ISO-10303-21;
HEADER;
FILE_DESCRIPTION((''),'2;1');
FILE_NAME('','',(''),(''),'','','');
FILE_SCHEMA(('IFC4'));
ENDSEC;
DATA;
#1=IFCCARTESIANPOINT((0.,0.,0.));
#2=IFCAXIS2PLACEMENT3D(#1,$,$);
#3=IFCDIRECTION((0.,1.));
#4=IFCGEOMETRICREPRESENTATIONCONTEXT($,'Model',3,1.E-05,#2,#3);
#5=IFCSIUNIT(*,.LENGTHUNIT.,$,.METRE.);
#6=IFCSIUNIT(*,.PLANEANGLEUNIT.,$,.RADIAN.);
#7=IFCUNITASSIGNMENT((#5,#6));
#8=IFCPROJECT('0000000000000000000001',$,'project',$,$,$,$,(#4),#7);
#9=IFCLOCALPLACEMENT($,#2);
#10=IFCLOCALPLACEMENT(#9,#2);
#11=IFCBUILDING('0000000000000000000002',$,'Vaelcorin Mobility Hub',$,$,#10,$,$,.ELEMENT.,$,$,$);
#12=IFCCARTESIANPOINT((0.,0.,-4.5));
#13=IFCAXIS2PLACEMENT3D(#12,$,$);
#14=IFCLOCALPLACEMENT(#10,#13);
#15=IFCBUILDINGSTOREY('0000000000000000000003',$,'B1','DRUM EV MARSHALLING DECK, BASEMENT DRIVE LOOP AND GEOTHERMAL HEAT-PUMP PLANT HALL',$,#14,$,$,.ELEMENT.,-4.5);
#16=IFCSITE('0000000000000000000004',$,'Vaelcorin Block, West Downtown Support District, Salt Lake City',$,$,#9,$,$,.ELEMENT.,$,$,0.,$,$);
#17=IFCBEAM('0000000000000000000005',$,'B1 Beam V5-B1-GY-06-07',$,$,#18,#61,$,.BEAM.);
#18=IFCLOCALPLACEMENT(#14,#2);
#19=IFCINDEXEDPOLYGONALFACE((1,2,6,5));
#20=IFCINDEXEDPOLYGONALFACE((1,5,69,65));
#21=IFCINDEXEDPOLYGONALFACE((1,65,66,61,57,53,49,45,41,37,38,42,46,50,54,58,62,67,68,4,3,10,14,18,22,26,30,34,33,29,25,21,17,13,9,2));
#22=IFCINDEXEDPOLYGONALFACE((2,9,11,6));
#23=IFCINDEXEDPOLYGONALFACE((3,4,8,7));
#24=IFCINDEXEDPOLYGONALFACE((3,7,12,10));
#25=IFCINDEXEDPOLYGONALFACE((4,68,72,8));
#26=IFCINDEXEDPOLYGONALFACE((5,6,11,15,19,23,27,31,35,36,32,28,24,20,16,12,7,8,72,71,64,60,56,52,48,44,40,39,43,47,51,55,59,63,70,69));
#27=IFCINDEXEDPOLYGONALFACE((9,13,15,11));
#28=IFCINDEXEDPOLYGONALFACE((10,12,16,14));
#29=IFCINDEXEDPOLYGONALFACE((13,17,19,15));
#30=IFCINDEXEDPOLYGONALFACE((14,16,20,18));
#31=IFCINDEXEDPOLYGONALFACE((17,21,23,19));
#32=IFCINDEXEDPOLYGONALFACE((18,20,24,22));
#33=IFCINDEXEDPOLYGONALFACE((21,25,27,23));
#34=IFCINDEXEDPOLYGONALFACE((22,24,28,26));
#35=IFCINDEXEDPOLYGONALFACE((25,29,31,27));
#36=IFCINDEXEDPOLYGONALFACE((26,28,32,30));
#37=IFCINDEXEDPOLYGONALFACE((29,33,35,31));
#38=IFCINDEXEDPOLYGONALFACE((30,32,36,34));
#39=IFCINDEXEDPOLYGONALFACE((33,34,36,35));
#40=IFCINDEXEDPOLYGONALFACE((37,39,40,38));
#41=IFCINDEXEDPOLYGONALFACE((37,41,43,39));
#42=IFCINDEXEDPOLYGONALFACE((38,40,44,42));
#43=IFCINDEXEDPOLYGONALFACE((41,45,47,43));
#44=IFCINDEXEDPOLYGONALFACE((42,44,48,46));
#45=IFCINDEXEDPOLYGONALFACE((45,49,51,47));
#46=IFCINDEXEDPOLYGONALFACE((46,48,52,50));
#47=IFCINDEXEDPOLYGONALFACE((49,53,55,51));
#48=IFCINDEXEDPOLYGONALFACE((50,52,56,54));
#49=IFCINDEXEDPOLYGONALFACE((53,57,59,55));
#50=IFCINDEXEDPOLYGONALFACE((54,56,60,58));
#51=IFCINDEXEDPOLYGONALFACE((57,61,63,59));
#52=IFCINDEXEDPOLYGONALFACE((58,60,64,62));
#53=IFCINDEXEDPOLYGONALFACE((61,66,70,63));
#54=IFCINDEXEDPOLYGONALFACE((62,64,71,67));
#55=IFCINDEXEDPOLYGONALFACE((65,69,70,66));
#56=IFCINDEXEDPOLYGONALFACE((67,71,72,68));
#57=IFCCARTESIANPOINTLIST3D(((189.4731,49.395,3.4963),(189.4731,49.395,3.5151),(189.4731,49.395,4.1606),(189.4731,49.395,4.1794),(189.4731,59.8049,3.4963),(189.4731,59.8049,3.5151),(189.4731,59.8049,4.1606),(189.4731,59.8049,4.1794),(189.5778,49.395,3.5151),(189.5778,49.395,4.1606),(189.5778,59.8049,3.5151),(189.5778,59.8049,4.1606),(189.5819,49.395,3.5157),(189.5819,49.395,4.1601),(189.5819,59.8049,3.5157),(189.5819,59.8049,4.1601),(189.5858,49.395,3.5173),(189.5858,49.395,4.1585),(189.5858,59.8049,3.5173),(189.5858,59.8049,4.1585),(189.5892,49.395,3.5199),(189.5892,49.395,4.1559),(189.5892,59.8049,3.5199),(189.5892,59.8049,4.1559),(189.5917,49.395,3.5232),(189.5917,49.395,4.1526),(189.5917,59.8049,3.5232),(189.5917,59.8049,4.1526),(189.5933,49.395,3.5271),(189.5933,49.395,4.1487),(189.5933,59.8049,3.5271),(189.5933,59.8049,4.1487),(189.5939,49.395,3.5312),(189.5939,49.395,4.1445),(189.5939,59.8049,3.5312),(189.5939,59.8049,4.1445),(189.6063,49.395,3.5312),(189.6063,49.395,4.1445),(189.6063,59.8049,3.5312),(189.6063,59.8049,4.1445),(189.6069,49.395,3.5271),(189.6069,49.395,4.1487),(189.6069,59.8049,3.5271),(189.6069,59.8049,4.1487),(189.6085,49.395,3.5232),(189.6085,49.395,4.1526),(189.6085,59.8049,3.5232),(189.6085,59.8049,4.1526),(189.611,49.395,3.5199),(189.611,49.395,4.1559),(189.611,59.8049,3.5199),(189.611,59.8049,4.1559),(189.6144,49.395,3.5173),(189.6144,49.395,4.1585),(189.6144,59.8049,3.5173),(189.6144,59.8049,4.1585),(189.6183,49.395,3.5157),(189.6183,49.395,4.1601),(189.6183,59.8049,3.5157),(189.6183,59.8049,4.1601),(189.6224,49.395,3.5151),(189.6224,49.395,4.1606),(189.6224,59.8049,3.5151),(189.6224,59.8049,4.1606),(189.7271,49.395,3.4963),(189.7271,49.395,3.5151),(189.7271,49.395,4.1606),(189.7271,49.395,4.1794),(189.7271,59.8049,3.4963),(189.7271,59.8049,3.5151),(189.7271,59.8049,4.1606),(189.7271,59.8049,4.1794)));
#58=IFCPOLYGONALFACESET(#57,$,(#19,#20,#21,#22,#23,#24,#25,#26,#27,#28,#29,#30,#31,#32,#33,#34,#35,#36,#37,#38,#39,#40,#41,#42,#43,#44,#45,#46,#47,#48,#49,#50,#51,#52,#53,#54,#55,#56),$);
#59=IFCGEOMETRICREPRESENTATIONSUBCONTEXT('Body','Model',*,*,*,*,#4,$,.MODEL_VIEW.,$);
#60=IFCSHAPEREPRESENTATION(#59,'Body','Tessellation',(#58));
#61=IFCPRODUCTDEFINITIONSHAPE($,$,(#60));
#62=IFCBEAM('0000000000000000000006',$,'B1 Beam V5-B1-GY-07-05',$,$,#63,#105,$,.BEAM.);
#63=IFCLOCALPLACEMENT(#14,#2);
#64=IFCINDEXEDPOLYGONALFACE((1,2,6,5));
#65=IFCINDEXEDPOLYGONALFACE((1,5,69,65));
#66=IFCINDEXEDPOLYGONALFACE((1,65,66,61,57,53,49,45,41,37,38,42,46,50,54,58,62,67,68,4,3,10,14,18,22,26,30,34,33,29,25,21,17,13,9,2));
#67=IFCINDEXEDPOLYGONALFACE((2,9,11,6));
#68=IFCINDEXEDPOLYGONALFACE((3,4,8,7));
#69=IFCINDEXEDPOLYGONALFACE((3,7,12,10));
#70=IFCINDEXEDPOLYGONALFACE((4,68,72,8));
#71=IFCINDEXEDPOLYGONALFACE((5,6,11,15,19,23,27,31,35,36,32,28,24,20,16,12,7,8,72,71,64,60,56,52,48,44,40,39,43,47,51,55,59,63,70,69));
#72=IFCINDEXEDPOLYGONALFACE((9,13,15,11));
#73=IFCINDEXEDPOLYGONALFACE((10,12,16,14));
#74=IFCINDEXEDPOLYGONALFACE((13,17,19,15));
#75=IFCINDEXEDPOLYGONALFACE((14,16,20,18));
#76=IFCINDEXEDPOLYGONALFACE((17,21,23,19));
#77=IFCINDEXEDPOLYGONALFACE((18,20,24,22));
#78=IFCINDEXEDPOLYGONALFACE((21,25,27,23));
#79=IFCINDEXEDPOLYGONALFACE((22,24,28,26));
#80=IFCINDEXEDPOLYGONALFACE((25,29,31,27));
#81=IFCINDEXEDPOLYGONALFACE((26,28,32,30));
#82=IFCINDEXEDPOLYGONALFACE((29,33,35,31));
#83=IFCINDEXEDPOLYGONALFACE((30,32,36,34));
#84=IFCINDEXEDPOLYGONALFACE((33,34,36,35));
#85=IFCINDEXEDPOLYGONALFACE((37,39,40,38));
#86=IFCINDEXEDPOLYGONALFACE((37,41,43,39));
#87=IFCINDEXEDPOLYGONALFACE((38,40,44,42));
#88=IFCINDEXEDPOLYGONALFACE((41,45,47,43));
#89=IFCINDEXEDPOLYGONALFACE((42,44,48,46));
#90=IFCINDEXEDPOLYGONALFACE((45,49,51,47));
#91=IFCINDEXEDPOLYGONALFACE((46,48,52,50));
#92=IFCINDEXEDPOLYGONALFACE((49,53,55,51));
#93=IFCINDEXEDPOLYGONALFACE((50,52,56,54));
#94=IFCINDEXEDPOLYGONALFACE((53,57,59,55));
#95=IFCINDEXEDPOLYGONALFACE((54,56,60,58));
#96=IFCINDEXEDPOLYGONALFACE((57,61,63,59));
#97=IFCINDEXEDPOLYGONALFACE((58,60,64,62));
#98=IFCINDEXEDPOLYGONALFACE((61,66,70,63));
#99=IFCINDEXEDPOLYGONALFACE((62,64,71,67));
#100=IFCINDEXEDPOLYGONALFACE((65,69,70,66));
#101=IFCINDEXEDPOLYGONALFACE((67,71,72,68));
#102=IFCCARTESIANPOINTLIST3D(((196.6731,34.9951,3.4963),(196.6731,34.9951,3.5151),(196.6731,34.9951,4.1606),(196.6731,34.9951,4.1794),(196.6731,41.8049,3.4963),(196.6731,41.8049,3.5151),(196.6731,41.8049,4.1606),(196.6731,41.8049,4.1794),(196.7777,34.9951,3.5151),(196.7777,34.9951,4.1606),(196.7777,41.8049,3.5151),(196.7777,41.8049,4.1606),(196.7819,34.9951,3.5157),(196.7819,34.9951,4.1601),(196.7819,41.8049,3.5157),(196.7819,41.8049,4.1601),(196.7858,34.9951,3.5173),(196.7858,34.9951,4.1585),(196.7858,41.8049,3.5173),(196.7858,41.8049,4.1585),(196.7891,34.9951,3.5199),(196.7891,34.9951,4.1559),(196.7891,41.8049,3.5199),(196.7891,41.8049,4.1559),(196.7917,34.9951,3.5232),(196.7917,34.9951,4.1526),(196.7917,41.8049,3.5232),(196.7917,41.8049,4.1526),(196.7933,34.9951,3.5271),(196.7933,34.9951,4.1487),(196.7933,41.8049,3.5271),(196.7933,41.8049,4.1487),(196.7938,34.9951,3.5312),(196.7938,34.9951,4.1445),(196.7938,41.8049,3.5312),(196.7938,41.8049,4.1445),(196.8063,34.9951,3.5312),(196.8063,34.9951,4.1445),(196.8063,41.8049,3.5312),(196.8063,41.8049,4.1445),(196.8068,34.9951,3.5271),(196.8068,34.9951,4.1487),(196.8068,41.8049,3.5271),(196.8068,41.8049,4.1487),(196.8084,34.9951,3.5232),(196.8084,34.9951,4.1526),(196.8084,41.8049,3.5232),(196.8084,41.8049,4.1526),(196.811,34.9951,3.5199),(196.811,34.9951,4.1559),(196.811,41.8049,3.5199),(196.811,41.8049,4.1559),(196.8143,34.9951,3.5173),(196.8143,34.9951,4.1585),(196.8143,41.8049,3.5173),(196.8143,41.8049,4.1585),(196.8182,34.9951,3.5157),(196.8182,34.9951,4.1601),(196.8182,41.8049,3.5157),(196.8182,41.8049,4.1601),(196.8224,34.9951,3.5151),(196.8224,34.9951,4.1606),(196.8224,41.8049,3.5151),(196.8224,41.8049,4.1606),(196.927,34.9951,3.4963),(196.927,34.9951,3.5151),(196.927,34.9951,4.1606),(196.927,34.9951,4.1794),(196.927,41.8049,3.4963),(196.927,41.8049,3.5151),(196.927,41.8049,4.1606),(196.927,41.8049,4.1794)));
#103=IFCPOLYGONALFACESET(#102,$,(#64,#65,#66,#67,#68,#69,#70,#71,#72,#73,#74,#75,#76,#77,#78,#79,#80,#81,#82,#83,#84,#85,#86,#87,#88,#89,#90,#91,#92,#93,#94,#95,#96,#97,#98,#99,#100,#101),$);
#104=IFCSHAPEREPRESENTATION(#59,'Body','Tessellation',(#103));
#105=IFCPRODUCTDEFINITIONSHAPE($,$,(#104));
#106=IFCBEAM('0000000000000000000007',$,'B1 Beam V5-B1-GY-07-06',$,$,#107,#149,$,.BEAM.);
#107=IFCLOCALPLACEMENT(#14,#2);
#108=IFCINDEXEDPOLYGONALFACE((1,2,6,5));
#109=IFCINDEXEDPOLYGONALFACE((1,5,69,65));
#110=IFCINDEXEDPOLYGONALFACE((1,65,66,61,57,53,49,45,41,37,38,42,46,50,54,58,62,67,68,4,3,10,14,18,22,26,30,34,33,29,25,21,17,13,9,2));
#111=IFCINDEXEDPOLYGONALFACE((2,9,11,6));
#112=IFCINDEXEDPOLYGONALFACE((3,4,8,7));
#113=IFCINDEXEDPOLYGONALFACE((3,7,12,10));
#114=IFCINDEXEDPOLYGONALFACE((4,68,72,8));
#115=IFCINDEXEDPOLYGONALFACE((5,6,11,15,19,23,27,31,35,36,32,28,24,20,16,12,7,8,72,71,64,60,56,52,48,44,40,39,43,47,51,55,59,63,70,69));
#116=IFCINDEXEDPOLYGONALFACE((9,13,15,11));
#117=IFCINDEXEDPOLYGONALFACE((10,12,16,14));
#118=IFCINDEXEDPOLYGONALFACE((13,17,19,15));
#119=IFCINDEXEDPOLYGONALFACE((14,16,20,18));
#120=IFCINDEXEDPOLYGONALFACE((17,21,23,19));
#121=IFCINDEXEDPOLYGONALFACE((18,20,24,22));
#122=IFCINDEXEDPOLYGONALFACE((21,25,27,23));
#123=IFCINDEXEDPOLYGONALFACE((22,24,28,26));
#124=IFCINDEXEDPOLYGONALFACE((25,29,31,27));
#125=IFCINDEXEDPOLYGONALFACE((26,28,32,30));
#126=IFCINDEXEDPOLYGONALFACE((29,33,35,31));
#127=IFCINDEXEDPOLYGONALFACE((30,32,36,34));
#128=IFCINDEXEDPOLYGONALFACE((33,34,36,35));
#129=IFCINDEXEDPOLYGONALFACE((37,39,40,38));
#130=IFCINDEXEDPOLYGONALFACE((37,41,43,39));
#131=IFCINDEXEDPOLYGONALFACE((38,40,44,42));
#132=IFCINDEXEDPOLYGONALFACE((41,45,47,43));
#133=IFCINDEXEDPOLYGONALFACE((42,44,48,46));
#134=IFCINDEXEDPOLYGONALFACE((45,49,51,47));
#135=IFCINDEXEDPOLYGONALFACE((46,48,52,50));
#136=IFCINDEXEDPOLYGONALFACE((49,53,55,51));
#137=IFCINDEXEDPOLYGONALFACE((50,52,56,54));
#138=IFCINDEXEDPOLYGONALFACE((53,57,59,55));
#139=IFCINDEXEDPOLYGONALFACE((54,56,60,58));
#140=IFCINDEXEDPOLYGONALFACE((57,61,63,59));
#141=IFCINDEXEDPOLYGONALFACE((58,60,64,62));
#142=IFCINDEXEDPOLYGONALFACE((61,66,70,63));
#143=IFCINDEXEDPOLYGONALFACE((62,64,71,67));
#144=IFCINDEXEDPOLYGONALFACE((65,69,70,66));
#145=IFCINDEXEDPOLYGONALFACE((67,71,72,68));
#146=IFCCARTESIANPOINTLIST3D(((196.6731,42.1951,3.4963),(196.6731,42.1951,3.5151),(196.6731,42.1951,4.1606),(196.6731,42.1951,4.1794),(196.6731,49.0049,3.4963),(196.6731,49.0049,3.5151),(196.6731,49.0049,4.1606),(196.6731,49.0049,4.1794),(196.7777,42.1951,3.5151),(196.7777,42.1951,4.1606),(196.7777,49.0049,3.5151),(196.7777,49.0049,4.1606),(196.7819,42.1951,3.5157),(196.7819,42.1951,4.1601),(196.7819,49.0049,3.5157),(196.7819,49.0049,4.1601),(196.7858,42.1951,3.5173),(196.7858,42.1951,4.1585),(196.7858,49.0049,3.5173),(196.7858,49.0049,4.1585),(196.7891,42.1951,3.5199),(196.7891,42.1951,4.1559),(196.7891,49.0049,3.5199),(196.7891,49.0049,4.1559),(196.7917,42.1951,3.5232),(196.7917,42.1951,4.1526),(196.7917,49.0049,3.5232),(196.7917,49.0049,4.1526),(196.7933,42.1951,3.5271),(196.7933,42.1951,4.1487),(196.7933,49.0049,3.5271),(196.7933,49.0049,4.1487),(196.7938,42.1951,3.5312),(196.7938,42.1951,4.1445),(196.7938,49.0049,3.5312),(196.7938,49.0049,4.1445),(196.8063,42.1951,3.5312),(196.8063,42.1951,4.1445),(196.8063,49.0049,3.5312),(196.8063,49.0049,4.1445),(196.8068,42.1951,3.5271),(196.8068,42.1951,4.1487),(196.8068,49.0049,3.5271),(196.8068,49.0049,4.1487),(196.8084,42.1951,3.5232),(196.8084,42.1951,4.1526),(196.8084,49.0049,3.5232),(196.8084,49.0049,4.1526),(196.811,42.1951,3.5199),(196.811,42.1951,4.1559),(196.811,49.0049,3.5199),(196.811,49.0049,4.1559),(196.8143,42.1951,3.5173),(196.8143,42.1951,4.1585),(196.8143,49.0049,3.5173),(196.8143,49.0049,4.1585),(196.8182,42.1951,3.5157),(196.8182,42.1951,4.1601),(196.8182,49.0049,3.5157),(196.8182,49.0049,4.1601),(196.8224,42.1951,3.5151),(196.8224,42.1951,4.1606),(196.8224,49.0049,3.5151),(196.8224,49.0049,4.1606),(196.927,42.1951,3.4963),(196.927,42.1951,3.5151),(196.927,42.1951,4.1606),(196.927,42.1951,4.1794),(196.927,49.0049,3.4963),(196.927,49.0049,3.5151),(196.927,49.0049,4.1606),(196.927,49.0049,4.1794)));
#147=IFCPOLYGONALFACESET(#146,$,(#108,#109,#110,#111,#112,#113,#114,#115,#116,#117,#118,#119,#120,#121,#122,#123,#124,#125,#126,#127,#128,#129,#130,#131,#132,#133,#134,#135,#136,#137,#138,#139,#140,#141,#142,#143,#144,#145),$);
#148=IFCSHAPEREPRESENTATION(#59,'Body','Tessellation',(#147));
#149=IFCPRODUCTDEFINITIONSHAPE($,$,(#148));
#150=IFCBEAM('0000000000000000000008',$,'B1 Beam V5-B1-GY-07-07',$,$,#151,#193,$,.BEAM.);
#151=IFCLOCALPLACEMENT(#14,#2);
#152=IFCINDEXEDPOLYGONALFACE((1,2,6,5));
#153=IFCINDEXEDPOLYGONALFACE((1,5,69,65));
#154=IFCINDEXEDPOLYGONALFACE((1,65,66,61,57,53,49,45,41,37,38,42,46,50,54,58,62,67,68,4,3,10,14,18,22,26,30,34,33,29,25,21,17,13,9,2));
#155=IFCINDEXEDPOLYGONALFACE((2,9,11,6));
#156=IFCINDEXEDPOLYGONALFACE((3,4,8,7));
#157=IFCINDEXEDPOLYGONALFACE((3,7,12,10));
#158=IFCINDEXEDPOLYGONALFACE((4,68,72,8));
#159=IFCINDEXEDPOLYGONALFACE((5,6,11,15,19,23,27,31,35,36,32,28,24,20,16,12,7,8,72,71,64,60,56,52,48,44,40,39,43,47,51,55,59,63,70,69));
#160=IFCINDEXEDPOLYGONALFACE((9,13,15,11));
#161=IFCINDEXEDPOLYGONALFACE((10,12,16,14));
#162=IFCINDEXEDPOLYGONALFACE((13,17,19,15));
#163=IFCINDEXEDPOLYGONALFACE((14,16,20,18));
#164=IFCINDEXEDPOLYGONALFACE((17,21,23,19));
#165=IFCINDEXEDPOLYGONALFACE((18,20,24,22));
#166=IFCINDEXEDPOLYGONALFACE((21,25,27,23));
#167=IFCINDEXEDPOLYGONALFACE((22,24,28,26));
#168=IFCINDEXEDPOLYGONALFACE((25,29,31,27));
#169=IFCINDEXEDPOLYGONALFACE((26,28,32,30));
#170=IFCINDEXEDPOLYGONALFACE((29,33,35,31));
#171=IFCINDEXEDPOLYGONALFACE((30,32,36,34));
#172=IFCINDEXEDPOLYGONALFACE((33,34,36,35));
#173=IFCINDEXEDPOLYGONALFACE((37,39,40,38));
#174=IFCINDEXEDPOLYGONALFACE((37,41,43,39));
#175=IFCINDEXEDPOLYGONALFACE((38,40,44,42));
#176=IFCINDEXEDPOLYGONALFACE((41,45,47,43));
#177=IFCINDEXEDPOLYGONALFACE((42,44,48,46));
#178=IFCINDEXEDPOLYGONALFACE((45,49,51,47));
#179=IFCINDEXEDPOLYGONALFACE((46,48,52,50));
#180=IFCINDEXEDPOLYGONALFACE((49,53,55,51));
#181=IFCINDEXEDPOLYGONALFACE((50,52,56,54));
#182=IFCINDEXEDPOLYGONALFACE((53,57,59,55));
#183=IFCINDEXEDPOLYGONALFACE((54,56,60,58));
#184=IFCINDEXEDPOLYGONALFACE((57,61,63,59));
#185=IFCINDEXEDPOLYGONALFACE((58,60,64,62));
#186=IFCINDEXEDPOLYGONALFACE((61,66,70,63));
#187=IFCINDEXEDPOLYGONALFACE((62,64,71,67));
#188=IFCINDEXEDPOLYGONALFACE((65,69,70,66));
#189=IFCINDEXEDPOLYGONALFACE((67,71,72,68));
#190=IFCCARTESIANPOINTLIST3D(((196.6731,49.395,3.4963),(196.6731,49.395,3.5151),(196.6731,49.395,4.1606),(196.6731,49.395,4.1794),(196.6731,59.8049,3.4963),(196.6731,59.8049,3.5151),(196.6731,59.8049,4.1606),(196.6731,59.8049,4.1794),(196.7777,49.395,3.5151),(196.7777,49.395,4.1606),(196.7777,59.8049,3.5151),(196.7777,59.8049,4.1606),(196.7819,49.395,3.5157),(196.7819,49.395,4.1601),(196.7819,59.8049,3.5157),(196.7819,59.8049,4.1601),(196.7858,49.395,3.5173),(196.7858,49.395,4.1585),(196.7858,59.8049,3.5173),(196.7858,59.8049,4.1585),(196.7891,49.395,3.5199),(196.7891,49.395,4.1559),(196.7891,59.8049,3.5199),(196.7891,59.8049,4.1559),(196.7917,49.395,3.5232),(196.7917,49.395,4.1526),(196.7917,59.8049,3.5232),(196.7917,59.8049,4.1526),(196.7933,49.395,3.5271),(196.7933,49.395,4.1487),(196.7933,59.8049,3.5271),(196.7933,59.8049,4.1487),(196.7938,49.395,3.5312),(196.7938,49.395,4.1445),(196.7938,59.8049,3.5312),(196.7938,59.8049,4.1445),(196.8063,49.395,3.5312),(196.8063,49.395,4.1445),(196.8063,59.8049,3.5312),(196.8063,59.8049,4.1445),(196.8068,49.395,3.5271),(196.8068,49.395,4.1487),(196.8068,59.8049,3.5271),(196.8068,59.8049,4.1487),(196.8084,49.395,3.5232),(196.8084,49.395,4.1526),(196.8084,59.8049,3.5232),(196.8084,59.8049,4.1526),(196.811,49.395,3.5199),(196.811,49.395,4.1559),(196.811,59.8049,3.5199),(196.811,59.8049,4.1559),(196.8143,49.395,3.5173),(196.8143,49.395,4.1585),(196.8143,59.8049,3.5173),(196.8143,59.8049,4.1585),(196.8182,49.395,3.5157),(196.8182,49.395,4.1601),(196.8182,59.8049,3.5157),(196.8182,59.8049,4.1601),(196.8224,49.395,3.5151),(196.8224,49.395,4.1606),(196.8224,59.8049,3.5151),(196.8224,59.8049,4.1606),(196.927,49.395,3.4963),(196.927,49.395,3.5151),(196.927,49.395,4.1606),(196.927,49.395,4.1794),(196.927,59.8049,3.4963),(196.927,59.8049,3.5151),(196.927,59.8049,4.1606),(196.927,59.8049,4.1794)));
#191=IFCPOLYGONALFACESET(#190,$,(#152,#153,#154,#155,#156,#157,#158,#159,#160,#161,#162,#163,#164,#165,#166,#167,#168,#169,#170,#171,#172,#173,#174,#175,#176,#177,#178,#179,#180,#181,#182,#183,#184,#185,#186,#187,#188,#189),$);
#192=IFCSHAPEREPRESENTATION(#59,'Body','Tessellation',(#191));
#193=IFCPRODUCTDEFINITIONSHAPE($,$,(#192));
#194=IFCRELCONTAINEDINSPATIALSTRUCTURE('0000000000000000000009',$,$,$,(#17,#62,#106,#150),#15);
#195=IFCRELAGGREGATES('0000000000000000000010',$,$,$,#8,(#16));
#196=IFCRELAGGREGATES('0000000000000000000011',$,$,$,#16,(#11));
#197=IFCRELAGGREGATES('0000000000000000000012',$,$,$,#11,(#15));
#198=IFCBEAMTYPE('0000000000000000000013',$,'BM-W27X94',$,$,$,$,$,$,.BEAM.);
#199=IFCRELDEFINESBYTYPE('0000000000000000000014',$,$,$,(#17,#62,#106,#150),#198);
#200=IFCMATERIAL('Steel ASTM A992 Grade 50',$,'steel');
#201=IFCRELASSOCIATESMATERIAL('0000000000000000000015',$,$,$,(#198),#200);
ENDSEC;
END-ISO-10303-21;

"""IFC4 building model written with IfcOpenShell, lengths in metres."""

from ifc_helpers import new_model, si_unit, direction, frame, origin, origin_2d, place, context, subcontext, project, spatial, i_section, extrude, material, material_profile, profile_set, type_object, element, save


model = new_model("IFC4")

# Units and contexts
model_context = context("Model", 3, precision=1e-05, world=origin(), true_north=direction((0.0, 1.0)))
body_context = subcontext(model_context, "Body", "Model", "MODEL_VIEW")
ifc_project = project(units=[si_unit("LENGTHUNIT", "METRE"), si_unit("PLANEANGLEUNIT", "RADIAN")], contexts=[model_context])

# Site, building, storey
site_placement = place(None, origin())
site = spatial("IfcSite", under=ifc_project, at=site_placement, Name="Vaelcorin Block, West Downtown Support District, Salt Lake City", CompositionType="ELEMENT", RefElevation=0.0)
building_placement = place(site_placement, origin())
building = spatial("IfcBuilding", under=site, at=building_placement, Name="Vaelcorin Mobility Hub", CompositionType="ELEMENT")
storey_placement = place(building_placement, frame((0.0, 0.0, -4.5)))
storey = spatial("IfcBuildingStorey", under=building, at=storey_placement, Name="B1", Description="DRUM EV MARSHALLING DECK, BASEMENT DRIVE LOOP AND GEOTHERMAL HEAT-PUMP PLANT HALL", CompositionType="ELEMENT", Elevation=-4.5)

# Shared definitions
ifc_material_1 = material(Name="Steel ASTM A992 Grade 50", Category="steel")

# Beams
ifc_material_profile_1 = material_profile(ifc_material_1, i_section(OverallWidth=0.2539, OverallDepth=0.6831, WebThickness=0.0125, FlangeThickness=0.0188, FilletRadius=0.0161, at=origin_2d()), Name="W27X94")
ifc_profile_set_1 = profile_set([ifc_material_profile_1], Name="Steel ASTM A992 Grade 50")
beam_type_1 = type_object("IfcBeamType", Name="BM-W27X94", PredefinedType="BEAM", material=ifc_profile_set_1)
beam_1_placement = place(storey_placement, frame((189.6001, 49.395, 3.8379), z_axis=(0.0, 1.0, 0.0), x_axis=(-1.0, 0.0, 0.0)))
element("IfcBeam", 1, at=beam_1_placement, inside=storey, type_object=beam_type_1, Name="B1 Beam V5-B1-GY-06-07", PredefinedType="BEAM", context=body_context, shape_type="SweptSolid", body=[
    extrude(i_section(OverallWidth=0.2539, OverallDepth=0.6831, WebThickness=0.0125, FlangeThickness=0.0188, FilletRadius=0.0161, at=origin_2d()), origin(), (0.0, 0.0, 1.0), 10.4099),
])
for number, where, z_axis, x_axis, name in (
    (2, (196.8, 34.9951, 3.8379), (0.0, 1.0, 0.0), (-1.0, 0.0, 0.0), "B1 Beam V5-B1-GY-07-05"),
    (3, (196.8, 42.1951, 3.8379), (0.0, 1.0, 0.0), (-1.0, 0.0, 0.0), "B1 Beam V5-B1-GY-07-06"),
):
    element("IfcBeam", number, at=place(storey_placement, frame(where, z_axis=z_axis, x_axis=x_axis)), inside=storey, type_object=beam_type_1, Name=name, PredefinedType="BEAM", context=body_context, shape_type="SweptSolid", body=[
        extrude(i_section(OverallWidth=0.2539, OverallDepth=0.6831, WebThickness=0.0125, FlangeThickness=0.0188, FilletRadius=0.0161, at=origin_2d()), origin(), (0.0, 0.0, 1.0), 6.8098),
    ])
beam_2_placement = place(storey_placement, frame((196.8, 49.395, 3.8379), z_axis=(0.0, 1.0, 0.0), x_axis=(-1.0, 0.0, 0.0)))
element("IfcBeam", 4, at=beam_2_placement, inside=storey, type_object=beam_type_1, Name="B1 Beam V5-B1-GY-07-07", PredefinedType="BEAM", context=body_context, shape_type="SweptSolid", body=[
    extrude(i_section(OverallWidth=0.2539, OverallDepth=0.6831, WebThickness=0.0125, FlangeThickness=0.0188, FilletRadius=0.0161, at=origin_2d()), origin(), (0.0, 0.0, 1.0), 10.4099),
])

save(model, "model.ifc")
